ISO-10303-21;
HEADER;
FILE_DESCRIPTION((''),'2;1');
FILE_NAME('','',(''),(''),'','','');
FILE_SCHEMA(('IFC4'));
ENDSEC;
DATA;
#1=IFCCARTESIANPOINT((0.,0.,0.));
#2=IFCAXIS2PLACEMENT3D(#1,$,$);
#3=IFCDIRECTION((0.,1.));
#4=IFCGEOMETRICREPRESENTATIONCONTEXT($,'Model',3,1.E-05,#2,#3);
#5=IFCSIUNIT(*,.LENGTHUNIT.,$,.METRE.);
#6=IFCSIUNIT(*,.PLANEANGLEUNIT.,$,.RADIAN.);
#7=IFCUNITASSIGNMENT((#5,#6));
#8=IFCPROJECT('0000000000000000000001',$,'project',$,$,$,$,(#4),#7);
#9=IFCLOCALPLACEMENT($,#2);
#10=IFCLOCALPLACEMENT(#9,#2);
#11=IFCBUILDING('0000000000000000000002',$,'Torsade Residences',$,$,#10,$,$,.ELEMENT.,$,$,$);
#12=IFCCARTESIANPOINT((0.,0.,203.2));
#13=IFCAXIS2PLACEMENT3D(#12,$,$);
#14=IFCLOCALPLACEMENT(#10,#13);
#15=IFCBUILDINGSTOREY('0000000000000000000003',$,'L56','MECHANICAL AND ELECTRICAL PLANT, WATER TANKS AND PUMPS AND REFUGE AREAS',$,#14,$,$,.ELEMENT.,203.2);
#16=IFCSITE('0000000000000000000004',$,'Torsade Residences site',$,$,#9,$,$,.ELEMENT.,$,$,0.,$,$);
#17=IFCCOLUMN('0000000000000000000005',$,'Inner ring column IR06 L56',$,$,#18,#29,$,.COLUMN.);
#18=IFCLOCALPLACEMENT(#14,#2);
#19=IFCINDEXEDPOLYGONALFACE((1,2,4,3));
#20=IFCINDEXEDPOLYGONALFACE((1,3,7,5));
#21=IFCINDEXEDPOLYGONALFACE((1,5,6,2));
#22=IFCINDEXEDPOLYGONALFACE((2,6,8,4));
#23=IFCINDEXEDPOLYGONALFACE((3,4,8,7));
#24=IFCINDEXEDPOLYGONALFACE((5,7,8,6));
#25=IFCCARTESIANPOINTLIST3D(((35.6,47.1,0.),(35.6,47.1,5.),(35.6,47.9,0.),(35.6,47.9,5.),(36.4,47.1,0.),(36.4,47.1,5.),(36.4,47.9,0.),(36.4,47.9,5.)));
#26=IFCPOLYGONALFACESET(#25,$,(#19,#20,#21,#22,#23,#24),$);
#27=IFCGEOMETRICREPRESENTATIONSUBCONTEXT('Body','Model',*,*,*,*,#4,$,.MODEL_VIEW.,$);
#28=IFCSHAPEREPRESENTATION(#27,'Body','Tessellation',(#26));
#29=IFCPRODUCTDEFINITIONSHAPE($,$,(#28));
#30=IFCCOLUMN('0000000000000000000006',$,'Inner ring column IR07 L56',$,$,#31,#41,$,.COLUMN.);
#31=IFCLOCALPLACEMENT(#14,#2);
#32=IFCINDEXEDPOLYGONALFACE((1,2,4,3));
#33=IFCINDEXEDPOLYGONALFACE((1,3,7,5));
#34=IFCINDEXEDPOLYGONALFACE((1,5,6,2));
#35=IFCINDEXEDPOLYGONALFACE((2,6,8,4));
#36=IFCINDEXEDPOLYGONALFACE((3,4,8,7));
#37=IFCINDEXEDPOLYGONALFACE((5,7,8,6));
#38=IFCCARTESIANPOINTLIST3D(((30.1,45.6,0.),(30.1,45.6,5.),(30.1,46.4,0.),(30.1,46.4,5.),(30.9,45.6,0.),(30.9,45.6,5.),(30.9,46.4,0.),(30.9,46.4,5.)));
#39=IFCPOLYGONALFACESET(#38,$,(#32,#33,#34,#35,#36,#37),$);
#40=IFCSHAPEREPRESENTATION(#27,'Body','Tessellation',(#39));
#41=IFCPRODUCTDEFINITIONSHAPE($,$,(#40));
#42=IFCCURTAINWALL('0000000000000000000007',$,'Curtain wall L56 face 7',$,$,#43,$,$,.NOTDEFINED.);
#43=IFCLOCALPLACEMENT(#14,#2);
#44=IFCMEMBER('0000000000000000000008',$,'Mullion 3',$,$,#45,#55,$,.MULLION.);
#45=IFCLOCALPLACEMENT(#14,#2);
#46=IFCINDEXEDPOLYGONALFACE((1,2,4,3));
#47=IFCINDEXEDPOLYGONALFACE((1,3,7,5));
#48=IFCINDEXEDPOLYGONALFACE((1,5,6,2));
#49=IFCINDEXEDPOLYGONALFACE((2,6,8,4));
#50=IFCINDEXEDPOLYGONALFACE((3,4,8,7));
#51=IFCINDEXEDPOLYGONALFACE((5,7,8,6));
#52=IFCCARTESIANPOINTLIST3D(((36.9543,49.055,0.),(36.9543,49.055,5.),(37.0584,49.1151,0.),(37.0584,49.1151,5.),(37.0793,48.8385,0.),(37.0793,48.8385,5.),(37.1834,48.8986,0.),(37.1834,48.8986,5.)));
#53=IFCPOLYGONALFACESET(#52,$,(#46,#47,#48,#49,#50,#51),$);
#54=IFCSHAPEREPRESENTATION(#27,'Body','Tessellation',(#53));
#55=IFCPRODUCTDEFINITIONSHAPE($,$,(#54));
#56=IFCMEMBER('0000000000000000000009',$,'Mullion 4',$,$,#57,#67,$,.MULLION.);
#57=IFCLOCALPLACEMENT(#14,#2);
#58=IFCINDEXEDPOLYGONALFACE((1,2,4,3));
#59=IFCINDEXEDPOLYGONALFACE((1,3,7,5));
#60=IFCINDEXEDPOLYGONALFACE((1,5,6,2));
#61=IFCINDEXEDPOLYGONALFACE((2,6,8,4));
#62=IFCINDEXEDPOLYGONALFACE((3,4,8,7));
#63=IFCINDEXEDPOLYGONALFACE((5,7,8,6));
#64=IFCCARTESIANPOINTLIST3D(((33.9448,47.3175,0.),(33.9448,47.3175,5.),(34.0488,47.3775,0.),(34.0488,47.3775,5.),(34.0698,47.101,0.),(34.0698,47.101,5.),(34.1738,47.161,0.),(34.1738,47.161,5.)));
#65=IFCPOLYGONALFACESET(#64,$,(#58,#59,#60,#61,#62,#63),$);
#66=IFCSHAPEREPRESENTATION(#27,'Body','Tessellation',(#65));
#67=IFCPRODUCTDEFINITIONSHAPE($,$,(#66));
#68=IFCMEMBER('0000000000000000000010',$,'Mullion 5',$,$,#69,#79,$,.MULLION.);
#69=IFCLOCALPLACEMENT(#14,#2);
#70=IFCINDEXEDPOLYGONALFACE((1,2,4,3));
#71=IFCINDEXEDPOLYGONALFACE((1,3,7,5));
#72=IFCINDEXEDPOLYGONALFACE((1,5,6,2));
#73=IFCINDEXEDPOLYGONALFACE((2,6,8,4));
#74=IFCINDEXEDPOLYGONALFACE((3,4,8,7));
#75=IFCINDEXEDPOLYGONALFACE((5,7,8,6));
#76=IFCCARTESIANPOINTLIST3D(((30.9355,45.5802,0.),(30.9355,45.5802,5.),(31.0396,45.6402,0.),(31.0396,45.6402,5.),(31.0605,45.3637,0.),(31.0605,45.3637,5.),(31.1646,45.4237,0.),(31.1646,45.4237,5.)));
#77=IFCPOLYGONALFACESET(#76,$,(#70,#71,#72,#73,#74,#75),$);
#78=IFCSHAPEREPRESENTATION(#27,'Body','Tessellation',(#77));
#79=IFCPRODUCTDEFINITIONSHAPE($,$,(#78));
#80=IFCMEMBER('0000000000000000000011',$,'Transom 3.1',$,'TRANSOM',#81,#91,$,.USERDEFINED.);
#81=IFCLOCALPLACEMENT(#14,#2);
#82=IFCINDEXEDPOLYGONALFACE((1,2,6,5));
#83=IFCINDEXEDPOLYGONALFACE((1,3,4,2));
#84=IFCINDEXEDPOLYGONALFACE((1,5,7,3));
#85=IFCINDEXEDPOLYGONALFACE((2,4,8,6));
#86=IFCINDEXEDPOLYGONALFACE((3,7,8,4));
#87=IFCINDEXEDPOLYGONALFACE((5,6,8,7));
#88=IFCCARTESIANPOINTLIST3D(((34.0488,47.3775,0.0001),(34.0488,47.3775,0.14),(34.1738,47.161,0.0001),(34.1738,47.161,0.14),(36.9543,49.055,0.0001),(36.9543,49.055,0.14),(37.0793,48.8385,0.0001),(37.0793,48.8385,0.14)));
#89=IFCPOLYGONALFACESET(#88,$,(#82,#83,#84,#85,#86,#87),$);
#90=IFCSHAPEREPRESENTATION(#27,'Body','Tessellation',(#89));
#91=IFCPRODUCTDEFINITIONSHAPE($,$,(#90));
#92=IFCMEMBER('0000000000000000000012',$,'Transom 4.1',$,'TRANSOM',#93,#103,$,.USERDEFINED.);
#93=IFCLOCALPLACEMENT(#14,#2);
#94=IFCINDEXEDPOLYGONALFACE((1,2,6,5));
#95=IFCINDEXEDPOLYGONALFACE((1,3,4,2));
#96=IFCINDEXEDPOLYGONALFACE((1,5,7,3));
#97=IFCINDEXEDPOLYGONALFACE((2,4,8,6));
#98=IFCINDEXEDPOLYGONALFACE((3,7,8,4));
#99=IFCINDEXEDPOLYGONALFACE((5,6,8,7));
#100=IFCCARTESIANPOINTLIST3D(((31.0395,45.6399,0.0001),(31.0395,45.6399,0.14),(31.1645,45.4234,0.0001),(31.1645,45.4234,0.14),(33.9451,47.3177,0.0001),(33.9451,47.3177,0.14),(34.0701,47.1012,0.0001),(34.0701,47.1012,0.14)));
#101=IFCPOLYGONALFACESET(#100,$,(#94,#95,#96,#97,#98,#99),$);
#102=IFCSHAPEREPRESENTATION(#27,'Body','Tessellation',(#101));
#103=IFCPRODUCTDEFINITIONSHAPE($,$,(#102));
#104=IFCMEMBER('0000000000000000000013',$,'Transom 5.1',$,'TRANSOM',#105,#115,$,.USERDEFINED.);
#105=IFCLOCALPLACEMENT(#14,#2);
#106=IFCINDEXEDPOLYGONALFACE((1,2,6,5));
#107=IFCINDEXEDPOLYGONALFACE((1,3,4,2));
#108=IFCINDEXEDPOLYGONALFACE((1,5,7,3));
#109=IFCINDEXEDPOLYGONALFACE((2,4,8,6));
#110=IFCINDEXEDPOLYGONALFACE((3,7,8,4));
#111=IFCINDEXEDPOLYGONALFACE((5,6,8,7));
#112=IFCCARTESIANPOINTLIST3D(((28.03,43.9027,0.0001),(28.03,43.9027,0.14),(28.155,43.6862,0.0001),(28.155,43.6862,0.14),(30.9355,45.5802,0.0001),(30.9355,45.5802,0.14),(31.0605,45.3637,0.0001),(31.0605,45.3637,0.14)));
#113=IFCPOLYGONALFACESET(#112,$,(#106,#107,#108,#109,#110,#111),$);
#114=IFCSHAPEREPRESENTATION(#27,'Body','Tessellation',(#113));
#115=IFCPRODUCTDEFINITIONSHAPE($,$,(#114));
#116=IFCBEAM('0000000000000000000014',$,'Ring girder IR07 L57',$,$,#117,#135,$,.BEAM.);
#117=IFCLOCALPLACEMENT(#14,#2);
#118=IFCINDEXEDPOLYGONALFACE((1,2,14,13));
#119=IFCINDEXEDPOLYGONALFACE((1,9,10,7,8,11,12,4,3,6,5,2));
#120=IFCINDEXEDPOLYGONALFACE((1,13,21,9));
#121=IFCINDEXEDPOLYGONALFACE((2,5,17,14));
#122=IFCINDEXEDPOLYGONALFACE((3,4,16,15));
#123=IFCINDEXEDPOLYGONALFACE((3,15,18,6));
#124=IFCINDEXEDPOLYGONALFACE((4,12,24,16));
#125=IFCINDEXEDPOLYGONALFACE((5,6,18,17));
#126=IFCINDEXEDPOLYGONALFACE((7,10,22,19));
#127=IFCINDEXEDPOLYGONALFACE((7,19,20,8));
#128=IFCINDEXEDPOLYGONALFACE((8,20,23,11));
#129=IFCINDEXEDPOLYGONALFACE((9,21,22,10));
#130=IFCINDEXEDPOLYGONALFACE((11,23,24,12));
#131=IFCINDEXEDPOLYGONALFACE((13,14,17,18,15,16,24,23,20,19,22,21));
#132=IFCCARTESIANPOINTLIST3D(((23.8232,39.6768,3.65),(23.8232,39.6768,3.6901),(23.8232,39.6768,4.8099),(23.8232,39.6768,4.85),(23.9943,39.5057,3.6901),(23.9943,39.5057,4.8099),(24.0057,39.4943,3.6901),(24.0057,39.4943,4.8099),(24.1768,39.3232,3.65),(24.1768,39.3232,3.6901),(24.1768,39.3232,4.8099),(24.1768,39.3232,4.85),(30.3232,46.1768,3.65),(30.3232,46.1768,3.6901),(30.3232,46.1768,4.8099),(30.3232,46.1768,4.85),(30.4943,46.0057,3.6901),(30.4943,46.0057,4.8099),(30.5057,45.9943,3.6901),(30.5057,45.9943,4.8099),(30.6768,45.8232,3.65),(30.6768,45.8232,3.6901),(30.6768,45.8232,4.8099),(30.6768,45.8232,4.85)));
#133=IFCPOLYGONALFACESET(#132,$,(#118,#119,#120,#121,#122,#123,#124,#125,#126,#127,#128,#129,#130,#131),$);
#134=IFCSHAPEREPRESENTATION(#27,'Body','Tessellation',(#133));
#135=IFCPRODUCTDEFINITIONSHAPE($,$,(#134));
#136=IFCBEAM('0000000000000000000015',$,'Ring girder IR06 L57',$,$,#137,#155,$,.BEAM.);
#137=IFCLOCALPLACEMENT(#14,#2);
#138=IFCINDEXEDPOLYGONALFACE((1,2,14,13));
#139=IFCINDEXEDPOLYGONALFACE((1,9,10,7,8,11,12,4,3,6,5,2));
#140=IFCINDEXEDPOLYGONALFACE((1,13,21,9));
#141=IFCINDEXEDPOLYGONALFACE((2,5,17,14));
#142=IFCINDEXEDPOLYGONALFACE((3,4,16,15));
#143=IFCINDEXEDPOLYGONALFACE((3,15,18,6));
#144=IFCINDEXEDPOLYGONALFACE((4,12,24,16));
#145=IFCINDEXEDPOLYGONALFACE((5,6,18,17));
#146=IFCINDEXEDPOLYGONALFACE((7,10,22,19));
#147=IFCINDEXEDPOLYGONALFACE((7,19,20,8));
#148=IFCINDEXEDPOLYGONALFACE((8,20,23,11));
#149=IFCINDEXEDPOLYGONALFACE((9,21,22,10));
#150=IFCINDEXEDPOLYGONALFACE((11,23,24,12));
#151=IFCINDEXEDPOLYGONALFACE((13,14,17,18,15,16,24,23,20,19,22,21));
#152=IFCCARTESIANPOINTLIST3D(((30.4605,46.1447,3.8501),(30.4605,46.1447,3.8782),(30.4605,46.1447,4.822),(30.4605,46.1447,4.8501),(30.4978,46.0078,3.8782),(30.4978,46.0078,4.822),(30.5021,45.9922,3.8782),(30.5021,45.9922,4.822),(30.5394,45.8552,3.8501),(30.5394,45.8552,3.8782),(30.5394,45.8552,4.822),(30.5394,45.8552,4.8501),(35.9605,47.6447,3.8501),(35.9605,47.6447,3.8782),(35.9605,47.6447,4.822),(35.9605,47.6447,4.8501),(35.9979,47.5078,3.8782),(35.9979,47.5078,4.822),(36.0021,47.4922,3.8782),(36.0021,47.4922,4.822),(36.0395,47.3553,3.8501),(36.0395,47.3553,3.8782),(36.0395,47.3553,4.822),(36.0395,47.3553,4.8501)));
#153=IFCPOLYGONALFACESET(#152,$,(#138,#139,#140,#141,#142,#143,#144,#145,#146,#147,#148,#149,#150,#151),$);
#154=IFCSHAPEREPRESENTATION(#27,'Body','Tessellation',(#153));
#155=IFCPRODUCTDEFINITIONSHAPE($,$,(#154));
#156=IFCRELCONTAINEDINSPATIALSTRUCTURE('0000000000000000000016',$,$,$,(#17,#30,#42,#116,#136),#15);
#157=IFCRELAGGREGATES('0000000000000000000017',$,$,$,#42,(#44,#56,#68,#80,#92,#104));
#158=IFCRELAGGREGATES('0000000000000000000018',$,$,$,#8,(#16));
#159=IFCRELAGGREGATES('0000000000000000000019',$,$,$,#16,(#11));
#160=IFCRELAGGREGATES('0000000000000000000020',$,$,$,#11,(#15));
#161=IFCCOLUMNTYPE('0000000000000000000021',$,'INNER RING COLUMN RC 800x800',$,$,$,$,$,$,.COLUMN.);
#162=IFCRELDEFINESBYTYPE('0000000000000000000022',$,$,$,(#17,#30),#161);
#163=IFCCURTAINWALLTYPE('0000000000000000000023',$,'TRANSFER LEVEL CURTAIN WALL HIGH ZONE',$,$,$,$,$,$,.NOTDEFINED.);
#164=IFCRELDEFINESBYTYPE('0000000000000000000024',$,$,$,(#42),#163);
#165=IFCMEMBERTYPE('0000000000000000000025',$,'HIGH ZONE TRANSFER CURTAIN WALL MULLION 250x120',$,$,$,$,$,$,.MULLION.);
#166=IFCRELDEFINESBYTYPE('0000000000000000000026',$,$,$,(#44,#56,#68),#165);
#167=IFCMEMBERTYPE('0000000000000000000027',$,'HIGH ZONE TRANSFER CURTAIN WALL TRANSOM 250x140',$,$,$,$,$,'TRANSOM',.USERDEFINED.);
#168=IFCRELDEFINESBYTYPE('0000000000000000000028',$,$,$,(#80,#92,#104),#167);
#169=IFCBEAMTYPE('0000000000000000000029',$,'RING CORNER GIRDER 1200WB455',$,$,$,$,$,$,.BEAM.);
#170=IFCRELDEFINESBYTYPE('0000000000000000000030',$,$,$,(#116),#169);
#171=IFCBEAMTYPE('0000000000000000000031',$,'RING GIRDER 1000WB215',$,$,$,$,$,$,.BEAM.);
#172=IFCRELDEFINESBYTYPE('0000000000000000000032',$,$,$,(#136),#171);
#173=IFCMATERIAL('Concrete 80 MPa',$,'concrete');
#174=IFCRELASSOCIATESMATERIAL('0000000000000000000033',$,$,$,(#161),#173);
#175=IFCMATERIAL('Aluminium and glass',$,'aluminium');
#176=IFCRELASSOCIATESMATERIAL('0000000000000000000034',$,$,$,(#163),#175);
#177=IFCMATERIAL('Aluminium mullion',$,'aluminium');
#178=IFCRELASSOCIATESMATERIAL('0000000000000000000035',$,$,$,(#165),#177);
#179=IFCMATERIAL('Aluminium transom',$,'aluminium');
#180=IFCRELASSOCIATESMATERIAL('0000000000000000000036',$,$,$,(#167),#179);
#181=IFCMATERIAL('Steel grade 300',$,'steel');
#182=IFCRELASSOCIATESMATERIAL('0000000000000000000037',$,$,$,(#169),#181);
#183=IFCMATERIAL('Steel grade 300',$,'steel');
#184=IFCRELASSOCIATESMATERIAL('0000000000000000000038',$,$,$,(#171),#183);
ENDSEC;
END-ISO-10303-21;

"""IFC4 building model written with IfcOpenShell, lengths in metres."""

from ifc_helpers import new_model, si_unit, direction, frame, origin, origin_2d, place, context, subcontext, project, spatial, rectangle, i_section, extrude, material, material_profile, profile_set, type_object, element, aggregate, save


model = new_model("IFC4")

# Units and contexts
model_context = context("Model", 3, precision=1e-05, world=origin(), true_north=direction((0.0, 1.0)))
body_context = subcontext(model_context, "Body", "Model", "MODEL_VIEW")
ifc_project = project(units=[si_unit("LENGTHUNIT", "METRE"), si_unit("PLANEANGLEUNIT", "RADIAN")], contexts=[model_context])

# Site, building, storey
site_placement = place(None, origin())
site = spatial("IfcSite", under=ifc_project, at=site_placement, Name="Torsade Residences site", CompositionType="ELEMENT", RefElevation=0.0)
building_placement = place(site_placement, origin())
building = spatial("IfcBuilding", under=site, at=building_placement, Name="Torsade Residences", CompositionType="ELEMENT")
storey_placement = place(building_placement, frame((0.0, 0.0, 203.2)))
storey = spatial("IfcBuildingStorey", under=building, at=storey_placement, Name="L56", Description="MECHANICAL AND ELECTRICAL PLANT, WATER TANKS AND PUMPS AND REFUGE AREAS", CompositionType="ELEMENT", Elevation=203.2)

# Columns
ifc_material_1 = material(Name="Concrete 80 MPa", Category="concrete")
ifc_material_profile_1 = material_profile(ifc_material_1, rectangle(XDim=0.8, YDim=0.8, at=origin_2d()), Name="RC 800x800")
ifc_profile_set_1 = profile_set([ifc_material_profile_1], Name="Concrete 80 MPa")
column_type = type_object("IfcColumnType", Name="INNER RING COLUMN RC 800x800", PredefinedType="COLUMN", material=ifc_profile_set_1)
for number, where, z_axis, x_axis, name in (
    (1, (36.0, 47.5, 0.0), (0.0, 0.0, 1.0), (1.0, 0.0, 0.0), "Inner ring column IR06 L56"),
    (2, (30.5, 46.0, 0.0), (0.0, 0.0, 1.0), (1.0, 0.0, 0.0), "Inner ring column IR07 L56"),
):
    element("IfcColumn", number, at=place(storey_placement, frame(where, z_axis=z_axis, x_axis=x_axis)), inside=storey, type_object=column_type, Name=name, PredefinedType="COLUMN", context=body_context, shape_type="SweptSolid", body=[
        extrude(rectangle(XDim=0.8, YDim=0.8, at=origin_2d()), origin(), (0.0, 0.0, 1.0), 5.0),
    ])

# Curtain wall, members
ifc_material_2 = material(Name="Aluminium and glass", Category="aluminium")
curtain_wall_type = type_object("IfcCurtainWallType", Name="TRANSFER LEVEL CURTAIN WALL HIGH ZONE", PredefinedType="NOTDEFINED", material=ifc_material_2)
curtain_wall_placement = place(storey_placement, origin())
curtain_wall = element("IfcCurtainWall", 3, at=curtain_wall_placement, inside=storey, type_object=curtain_wall_type, Name="Curtain wall L56 face 7", PredefinedType="NOTDEFINED")
ifc_material_3 = material(Name="Aluminium mullion", Category="aluminium")
ifc_material_profile_2 = material_profile(ifc_material_3, rectangle(XDim=0.25, YDim=0.1201, at=origin_2d()), Name="HIGH ZONE TRANSFER CURTAIN WALL MULLION 250x120")
ifc_profile_set_2 = profile_set([ifc_material_profile_2], Name="Aluminium mullion")
member_type_1 = type_object("IfcMemberType", Name="HIGH ZONE TRANSFER CURTAIN WALL MULLION 250x120", PredefinedType="MULLION", material=ifc_profile_set_2)
member_1_placement = place(storey_placement, frame((37.0688, 48.9768, 0.0), z_axis=(0.0, 0.0, 1.0), x_axis=(0.5, -0.866025, 0.0)))
member_1 = element("IfcMember", 4, at=member_1_placement, type_object=member_type_1, Name="Mullion 3", PredefinedType="MULLION", context=body_context, shape_type="SweptSolid", body=[
    extrude(rectangle(XDim=0.25, YDim=0.1201, at=origin_2d()), origin(), (0.0, 0.0, 1.0), 5.0),
])
member_2_placement = place(storey_placement, frame((34.0593, 47.2393, 0.0), z_axis=(0.0, 0.0, 1.0), x_axis=(0.5, -0.866025, 0.0)))
member_2 = element("IfcMember", 5, at=member_2_placement, type_object=member_type_1, Name="Mullion 4", PredefinedType="MULLION", context=body_context, shape_type="SweptSolid", body=[
    extrude(rectangle(XDim=0.25, YDim=0.1201, at=origin_2d()), origin(), (0.0, 0.0, 1.0), 5.0),
])
member_3_placement = place(storey_placement, frame((31.05, 45.502, 0.0), z_axis=(0.0, 0.0, 1.0), x_axis=(0.5, -0.866025, 0.0)))
member_3 = element("IfcMember", 6, at=member_3_placement, type_object=member_type_1, Name="Mullion 5", PredefinedType="MULLION", context=body_context, shape_type="SweptSolid", body=[
    extrude(rectangle(XDim=0.25, YDim=0.1201, at=origin_2d()), origin(), (0.0, 0.0, 1.0), 5.0),
])
ifc_material_4 = material(Name="Aluminium transom", Category="aluminium")
ifc_material_profile_3 = material_profile(ifc_material_4, rectangle(XDim=0.25, YDim=0.1399, at=origin_2d()), Name="HIGH ZONE TRANSFER CURTAIN WALL TRANSOM 250x140")
ifc_profile_set_3 = profile_set([ifc_material_profile_3], Name="Aluminium transom")
member_type_2 = type_object("IfcMemberType", Name="HIGH ZONE TRANSFER CURTAIN WALL TRANSOM 250x140", ElementType="TRANSOM", PredefinedType="USERDEFINED", material=ifc_profile_set_3)
member_4_placement = place(storey_placement, frame((37.0168, 48.9468, 0.0701), z_axis=(-0.866027, -0.499998, 0.0), x_axis=(0.499998, -0.866027, 0.0)))
member_4 = element("IfcMember", 7, at=member_4_placement, type_object=member_type_2, Name="Transom 3.1", ObjectType="TRANSOM", PredefinedType="USERDEFINED", context=body_context, shape_type="SweptSolid", body=[
    extrude(rectangle(XDim=0.25, YDim=0.1399, at=origin_2d()), origin(), (0.0, 0.0, 1.0), 3.355),
])
member_5_placement = place(storey_placement, frame((34.0076, 47.2095, 0.0701), z_axis=(-0.865995, -0.500052, 0.0), x_axis=(0.500052, -0.865995, 0.0)))
member_5 = element("IfcMember", 8, at=member_5_placement, type_object=member_type_2, Name="Transom 4.1", ObjectType="TRANSOM", PredefinedType="USERDEFINED", context=body_context, shape_type="SweptSolid", body=[
    extrude(rectangle(XDim=0.25, YDim=0.1399, at=origin_2d()), origin(), (0.0, 0.0, 1.0), 3.3552),
])
member_6_placement = place(storey_placement, frame((30.998, 45.4719, 0.0701), z_axis=(-0.866027, -0.499998, 0.0), x_axis=(0.499998, -0.866027, 0.0)))
member_6 = element("IfcMember", 9, at=member_6_placement, type_object=member_type_2, Name="Transom 5.1", ObjectType="TRANSOM", PredefinedType="USERDEFINED", context=body_context, shape_type="SweptSolid", body=[
    extrude(rectangle(XDim=0.25, YDim=0.1399, at=origin_2d()), origin(), (0.0, 0.0, 1.0), 3.355),
])

# Beams
ifc_material_5 = material(Name="Steel grade 300", Category="steel")
ifc_material_profile_4 = material_profile(ifc_material_5, i_section(OverallWidth=0.5, OverallDepth=1.2, WebThickness=0.0161, FlangeThickness=0.04, at=origin_2d()), Name="1200WB455")
ifc_profile_set_4 = profile_set([ifc_material_profile_4], Name="Steel grade 300")
beam_type_1 = type_object("IfcBeamType", Name="RING CORNER GIRDER 1200WB455", PredefinedType="BEAM", material=ifc_profile_set_4)
beam_1_placement = place(storey_placement, frame((30.5, 46.0, 4.25), z_axis=(-0.707107, -0.707107, 0.0), x_axis=(0.707107, -0.707107, 0.0)))
element("IfcBeam", 10, at=beam_1_placement, inside=storey, type_object=beam_type_1, Name="Ring girder IR07 L57", PredefinedType="BEAM", context=body_context, shape_type="SweptSolid", body=[
    extrude(i_section(OverallWidth=0.5, OverallDepth=1.2, WebThickness=0.0161, FlangeThickness=0.04, at=origin_2d()), origin(), (0.0, 0.0, 1.0), 9.1924),
])
ifc_material_6 = material(Name="Steel grade 300", Category="steel")
ifc_material_profile_5 = material_profile(ifc_material_6, i_section(OverallWidth=0.3, OverallDepth=1.0, WebThickness=0.0161, FlangeThickness=0.0281, at=origin_2d()), Name="1000WB215")
ifc_profile_set_5 = profile_set([ifc_material_profile_5], Name="Steel grade 300")
beam_type_2 = type_object("IfcBeamType", Name="RING GIRDER 1000WB215", PredefinedType="BEAM", material=ifc_profile_set_5)
beam_2_placement = place(storey_placement, frame((36.0, 47.5, 4.3501), z_axis=(-0.964764, -0.263117, 0.0), x_axis=(0.263117, -0.964764, 0.0)))
element("IfcBeam", 11, at=beam_2_placement, inside=storey, type_object=beam_type_2, Name="Ring girder IR06 L57", PredefinedType="BEAM", context=body_context, shape_type="SweptSolid", body=[
    extrude(i_section(OverallWidth=0.3, OverallDepth=1.0, WebThickness=0.0161, FlangeThickness=0.0281, at=origin_2d()), origin(), (0.0, 0.0, 1.0), 5.7009),
])

aggregate(curtain_wall, [member_1, member_2, member_3, member_4, member_5, member_6])

save(model, "model.ifc")
